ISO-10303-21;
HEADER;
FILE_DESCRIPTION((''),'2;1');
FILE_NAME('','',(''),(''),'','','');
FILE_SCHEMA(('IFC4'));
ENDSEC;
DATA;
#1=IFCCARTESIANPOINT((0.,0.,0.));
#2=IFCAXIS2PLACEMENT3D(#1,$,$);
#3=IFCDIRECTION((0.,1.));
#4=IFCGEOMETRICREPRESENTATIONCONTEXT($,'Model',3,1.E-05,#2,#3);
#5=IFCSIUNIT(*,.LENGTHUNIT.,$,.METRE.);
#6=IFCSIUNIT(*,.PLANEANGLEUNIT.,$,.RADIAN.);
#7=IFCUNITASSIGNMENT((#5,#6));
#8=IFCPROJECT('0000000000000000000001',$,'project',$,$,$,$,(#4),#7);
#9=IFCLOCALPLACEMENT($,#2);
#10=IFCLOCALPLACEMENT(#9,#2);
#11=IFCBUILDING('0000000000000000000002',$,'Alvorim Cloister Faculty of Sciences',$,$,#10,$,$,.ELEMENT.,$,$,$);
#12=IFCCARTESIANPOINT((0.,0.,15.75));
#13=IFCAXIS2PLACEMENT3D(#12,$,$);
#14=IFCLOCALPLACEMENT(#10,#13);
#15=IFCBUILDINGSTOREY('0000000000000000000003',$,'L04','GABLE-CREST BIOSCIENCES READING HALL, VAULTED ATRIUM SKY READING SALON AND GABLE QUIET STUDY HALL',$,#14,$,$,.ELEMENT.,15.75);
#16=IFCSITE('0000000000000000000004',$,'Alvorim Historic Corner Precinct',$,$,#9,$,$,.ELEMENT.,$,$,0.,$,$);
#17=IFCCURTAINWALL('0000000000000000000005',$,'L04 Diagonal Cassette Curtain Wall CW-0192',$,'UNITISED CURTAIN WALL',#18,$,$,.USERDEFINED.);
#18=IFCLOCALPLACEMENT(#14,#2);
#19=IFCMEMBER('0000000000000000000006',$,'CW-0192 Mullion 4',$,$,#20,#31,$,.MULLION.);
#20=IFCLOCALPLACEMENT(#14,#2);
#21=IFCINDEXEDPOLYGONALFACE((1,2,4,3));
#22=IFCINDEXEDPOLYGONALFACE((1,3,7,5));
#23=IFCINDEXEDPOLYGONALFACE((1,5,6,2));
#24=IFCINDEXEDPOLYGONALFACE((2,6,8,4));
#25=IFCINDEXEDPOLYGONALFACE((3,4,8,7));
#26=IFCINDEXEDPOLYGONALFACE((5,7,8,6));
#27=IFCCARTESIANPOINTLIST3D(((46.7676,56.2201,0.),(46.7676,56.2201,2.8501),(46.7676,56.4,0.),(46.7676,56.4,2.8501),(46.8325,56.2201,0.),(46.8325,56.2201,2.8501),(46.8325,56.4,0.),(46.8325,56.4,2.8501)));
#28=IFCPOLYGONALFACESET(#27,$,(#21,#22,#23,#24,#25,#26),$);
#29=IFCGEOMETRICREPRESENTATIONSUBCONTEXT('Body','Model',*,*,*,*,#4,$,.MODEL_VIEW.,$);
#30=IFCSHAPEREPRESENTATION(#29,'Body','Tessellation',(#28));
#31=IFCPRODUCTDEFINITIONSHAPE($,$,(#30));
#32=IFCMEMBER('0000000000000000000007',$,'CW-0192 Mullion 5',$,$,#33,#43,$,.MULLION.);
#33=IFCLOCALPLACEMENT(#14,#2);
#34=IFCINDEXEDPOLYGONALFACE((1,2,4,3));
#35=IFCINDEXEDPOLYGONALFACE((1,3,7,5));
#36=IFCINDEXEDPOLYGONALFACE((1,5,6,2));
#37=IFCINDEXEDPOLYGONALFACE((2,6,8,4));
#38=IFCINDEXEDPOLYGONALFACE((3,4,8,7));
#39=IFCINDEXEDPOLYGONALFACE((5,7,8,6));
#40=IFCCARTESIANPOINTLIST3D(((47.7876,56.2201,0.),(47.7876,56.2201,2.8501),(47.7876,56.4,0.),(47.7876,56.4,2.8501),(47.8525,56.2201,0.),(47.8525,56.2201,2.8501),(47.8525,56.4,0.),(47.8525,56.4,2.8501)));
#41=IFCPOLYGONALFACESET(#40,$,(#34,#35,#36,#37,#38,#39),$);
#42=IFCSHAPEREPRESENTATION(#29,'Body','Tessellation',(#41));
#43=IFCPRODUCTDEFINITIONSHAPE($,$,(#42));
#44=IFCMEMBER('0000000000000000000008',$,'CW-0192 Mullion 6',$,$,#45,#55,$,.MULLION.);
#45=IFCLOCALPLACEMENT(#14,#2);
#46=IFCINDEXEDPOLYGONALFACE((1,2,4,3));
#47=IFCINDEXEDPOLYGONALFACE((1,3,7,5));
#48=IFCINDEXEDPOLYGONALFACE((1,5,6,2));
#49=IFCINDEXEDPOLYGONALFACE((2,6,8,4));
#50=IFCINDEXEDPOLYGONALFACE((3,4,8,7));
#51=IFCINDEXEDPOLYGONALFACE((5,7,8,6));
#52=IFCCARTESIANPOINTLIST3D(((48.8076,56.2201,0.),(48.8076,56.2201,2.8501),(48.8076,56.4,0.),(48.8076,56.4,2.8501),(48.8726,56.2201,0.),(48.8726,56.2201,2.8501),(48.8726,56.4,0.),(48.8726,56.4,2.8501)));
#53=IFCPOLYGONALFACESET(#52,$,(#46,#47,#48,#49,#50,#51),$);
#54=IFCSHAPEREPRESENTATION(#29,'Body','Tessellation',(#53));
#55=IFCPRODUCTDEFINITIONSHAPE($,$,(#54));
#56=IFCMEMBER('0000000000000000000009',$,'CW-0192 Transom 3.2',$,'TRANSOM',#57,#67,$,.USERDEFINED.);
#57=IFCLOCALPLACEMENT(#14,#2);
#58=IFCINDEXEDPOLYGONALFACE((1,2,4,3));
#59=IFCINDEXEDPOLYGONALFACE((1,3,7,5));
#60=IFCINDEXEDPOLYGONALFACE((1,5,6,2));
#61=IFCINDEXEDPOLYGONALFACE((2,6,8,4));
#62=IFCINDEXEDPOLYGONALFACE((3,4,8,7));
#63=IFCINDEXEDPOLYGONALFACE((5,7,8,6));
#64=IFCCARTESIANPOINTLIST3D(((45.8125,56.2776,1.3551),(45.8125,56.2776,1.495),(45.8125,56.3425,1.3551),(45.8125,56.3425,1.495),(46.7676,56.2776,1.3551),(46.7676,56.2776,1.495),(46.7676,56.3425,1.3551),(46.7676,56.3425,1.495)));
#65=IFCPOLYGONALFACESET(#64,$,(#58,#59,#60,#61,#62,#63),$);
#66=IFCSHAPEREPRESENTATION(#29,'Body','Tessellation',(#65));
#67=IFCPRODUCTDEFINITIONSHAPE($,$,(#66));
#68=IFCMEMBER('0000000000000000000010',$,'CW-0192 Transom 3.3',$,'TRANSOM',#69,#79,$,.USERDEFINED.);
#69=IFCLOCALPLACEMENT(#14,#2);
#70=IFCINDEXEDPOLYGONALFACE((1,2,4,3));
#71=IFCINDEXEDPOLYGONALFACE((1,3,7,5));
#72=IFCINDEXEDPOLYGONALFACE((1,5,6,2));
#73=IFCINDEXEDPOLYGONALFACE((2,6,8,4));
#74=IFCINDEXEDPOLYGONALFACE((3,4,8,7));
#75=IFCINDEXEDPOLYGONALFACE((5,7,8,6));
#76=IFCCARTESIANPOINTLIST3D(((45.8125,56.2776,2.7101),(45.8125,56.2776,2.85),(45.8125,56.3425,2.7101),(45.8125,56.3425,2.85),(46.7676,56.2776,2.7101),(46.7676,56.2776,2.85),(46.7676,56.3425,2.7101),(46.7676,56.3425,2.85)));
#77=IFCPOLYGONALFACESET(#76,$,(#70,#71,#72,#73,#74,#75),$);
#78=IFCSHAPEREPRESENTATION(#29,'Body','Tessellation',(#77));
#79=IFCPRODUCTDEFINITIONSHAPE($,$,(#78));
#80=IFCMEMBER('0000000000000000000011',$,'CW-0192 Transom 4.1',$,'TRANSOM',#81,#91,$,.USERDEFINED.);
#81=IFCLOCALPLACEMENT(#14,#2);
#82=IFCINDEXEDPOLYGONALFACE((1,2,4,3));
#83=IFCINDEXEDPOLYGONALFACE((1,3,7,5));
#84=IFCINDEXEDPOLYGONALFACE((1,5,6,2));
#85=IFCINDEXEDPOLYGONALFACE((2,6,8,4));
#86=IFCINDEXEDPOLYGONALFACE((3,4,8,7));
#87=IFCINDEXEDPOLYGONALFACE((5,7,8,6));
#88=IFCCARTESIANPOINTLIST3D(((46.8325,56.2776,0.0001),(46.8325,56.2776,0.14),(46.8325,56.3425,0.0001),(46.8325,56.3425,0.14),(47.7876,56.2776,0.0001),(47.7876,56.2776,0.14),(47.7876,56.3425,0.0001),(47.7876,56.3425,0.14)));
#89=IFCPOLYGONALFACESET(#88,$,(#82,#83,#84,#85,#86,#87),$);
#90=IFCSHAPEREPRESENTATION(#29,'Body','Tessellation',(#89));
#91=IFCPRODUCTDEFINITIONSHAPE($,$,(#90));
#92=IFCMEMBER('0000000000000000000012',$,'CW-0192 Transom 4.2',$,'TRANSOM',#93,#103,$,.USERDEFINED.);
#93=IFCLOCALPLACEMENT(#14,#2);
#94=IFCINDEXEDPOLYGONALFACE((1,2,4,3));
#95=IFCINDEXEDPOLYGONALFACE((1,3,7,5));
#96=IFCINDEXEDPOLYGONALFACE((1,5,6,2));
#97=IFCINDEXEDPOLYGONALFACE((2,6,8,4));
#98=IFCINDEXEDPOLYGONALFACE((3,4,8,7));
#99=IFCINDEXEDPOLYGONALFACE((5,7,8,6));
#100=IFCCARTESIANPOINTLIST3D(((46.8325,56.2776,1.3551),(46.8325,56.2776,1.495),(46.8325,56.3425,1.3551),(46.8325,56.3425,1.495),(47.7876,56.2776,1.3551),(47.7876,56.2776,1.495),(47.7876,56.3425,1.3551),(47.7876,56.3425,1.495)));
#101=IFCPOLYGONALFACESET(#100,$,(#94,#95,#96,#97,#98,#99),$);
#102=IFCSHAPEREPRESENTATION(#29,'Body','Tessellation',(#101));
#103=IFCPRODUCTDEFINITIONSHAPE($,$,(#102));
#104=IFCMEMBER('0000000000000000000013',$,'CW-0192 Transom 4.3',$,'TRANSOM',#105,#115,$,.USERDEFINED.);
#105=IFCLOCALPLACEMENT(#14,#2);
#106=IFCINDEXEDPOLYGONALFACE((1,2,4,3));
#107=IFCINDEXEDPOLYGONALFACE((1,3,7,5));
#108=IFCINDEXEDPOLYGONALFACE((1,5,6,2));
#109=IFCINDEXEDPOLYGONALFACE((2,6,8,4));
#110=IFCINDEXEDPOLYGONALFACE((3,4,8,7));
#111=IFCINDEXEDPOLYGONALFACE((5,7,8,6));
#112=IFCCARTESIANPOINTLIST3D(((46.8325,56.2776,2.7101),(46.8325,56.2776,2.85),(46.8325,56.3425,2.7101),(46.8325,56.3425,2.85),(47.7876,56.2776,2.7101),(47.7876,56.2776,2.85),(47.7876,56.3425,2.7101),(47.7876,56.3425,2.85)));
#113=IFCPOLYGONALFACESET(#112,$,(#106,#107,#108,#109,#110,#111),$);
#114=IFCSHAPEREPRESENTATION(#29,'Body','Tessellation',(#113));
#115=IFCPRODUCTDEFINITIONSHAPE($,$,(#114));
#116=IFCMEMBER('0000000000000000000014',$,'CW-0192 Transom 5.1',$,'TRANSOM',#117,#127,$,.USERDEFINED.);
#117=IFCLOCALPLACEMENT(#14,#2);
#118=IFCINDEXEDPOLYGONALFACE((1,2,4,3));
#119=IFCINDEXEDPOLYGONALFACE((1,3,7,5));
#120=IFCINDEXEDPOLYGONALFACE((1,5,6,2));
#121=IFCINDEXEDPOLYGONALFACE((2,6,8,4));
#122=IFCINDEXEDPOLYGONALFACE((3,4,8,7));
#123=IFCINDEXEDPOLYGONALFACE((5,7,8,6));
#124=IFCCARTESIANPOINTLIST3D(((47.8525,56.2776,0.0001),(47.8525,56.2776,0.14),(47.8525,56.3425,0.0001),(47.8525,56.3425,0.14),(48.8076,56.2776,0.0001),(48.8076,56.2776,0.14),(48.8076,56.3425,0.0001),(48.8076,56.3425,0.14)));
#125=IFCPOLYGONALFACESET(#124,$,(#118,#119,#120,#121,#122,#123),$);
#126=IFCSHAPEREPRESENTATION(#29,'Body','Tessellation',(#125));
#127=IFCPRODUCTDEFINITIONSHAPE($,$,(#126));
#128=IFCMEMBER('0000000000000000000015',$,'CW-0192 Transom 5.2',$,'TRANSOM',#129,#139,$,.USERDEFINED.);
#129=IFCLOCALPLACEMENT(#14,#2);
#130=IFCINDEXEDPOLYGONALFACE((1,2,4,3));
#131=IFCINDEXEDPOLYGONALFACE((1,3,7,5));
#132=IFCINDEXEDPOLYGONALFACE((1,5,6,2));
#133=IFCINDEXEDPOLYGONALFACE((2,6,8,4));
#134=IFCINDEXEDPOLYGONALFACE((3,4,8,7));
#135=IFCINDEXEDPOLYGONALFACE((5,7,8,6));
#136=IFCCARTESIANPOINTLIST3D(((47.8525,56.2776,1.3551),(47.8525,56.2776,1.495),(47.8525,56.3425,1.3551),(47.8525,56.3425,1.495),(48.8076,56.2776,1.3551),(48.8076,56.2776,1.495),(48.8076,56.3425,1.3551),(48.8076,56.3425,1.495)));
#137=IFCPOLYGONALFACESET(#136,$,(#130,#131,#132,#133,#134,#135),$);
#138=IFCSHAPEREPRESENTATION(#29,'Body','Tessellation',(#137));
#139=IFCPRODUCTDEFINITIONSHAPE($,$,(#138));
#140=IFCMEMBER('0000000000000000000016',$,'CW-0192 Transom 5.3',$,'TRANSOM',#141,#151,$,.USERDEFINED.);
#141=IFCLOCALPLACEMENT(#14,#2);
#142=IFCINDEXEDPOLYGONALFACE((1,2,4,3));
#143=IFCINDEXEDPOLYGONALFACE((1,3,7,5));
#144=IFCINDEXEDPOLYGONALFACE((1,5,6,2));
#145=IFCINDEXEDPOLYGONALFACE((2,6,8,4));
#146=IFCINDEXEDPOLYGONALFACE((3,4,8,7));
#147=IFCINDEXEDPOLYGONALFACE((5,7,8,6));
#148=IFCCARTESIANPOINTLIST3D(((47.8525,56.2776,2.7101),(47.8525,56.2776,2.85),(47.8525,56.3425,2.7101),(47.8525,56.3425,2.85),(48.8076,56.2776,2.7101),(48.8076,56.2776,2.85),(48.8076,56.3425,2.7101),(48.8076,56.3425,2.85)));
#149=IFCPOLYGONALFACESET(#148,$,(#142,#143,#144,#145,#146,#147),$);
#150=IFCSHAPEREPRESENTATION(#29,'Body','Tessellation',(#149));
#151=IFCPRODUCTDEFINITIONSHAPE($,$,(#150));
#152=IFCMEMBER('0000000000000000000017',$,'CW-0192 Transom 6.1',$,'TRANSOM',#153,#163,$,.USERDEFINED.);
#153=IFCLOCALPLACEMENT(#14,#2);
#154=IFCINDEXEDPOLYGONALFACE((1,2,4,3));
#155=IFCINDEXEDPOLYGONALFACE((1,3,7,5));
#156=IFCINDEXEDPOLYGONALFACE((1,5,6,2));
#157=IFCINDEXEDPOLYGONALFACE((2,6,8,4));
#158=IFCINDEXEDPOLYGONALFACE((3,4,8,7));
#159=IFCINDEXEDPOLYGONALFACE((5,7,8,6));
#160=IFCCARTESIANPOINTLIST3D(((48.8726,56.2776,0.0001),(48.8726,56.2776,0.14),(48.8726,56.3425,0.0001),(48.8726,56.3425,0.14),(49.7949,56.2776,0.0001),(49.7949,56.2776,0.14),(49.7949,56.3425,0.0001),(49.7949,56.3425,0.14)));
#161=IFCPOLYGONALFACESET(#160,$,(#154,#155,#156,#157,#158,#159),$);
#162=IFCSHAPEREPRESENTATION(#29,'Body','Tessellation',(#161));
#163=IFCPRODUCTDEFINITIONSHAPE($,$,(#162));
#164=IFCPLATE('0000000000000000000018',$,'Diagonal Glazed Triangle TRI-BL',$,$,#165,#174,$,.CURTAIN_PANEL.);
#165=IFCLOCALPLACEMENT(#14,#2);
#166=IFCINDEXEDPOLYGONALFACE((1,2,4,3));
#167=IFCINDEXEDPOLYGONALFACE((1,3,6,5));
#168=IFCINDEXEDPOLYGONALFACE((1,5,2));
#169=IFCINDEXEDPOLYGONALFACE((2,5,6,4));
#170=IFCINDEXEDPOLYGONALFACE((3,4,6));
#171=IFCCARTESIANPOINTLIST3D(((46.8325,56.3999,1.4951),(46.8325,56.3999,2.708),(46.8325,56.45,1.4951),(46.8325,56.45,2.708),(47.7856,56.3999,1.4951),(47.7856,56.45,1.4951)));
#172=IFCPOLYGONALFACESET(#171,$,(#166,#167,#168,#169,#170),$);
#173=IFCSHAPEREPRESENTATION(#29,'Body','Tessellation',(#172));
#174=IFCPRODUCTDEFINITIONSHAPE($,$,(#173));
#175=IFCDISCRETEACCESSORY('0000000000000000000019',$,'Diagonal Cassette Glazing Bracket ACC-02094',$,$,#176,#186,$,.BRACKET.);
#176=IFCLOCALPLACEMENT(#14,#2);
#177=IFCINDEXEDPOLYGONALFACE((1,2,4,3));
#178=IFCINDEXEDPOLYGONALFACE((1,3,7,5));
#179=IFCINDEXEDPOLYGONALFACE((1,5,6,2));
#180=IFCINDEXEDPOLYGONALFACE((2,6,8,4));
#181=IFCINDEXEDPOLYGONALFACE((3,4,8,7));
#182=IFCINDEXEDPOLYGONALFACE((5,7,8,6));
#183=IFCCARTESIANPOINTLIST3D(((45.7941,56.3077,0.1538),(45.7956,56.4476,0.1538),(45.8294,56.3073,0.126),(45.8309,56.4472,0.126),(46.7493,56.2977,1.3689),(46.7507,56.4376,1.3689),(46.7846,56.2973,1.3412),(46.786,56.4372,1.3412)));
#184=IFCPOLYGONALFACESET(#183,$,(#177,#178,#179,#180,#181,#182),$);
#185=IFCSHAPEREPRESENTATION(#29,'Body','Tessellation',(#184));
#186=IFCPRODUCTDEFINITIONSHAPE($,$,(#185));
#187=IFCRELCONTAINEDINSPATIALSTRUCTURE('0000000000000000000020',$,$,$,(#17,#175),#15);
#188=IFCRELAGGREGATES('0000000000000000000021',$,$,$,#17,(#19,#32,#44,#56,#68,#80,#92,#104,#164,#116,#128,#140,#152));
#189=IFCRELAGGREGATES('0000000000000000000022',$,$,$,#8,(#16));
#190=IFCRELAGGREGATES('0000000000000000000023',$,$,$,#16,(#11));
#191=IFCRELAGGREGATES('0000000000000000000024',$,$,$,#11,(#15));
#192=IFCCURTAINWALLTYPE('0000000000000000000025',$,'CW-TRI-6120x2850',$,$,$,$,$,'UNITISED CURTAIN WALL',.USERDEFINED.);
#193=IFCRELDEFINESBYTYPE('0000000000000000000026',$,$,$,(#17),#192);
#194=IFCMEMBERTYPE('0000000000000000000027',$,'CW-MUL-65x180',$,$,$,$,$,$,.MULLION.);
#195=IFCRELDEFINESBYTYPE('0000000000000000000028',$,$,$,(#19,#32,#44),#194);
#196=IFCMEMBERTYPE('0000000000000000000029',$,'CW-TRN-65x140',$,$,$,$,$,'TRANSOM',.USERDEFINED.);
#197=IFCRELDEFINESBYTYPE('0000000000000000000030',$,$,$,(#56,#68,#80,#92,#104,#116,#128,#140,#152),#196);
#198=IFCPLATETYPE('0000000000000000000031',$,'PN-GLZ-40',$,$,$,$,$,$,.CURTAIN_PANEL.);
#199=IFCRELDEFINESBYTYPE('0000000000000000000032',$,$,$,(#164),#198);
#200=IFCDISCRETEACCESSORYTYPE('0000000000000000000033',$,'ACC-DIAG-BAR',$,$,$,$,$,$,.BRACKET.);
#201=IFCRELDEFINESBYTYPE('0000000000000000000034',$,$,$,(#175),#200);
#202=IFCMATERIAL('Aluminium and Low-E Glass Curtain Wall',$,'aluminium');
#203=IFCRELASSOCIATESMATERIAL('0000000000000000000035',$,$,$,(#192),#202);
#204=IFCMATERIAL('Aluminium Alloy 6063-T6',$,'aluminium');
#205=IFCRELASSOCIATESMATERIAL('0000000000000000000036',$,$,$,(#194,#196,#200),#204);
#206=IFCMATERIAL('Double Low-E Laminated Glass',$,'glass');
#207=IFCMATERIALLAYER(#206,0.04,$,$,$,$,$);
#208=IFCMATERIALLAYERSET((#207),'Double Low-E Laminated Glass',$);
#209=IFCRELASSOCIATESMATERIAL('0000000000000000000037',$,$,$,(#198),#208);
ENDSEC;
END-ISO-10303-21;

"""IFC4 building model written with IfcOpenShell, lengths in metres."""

from ifc_helpers import new_model, si_unit, direction, frame, origin, origin_2d, place, context, subcontext, project, spatial, polyline, rectangle, outline, extrude, material, layer, layer_set, material_profile, profile_set, type_object, element, aggregate, save


model = new_model("IFC4")

# Units and contexts
model_context = context("Model", 3, precision=1e-05, world=origin(), true_north=direction((0.0, 1.0)))
body_context = subcontext(model_context, "Body", "Model", "MODEL_VIEW")
ifc_project = project(units=[si_unit("LENGTHUNIT", "METRE"), si_unit("PLANEANGLEUNIT", "RADIAN")], contexts=[model_context])

# Site, building, storey
site_placement = place(None, origin())
site = spatial("IfcSite", under=ifc_project, at=site_placement, Name="Alvorim Historic Corner Precinct", CompositionType="ELEMENT", RefElevation=0.0)
building_placement = place(site_placement, origin())
building = spatial("IfcBuilding", under=site, at=building_placement, Name="Alvorim Cloister Faculty of Sciences", CompositionType="ELEMENT")
storey_placement = place(building_placement, frame((0.0, 0.0, 15.75)))
storey = spatial("IfcBuildingStorey", under=building, at=storey_placement, Name="L04", Description="GABLE-CREST BIOSCIENCES READING HALL, VAULTED ATRIUM SKY READING SALON AND GABLE QUIET STUDY HALL", CompositionType="ELEMENT", Elevation=15.75)

# Curtain wall, members, plate
ifc_material_1 = material(Name="Aluminium and Low-E Glass Curtain Wall", Category="aluminium")
curtain_wall_type = type_object("IfcCurtainWallType", Name="CW-TRI-6120x2850", ElementType="UNITISED CURTAIN WALL", PredefinedType="USERDEFINED", material=ifc_material_1)
curtain_wall_placement = place(storey_placement, origin())
curtain_wall = element("IfcCurtainWall", 1, at=curtain_wall_placement, inside=storey, type_object=curtain_wall_type, Name="L04 Diagonal Cassette Curtain Wall CW-0192", ObjectType="UNITISED CURTAIN WALL", PredefinedType="USERDEFINED")
ifc_material_2 = material(Name="Aluminium Alloy 6063-T6", Category="aluminium")
ifc_material_profile_1 = material_profile(ifc_material_2, rectangle(XDim=0.0649, YDim=0.1799, at=origin_2d()), Name="ALU-MUL-65x180")
ifc_profile_set_1 = profile_set([ifc_material_profile_1], Name="Aluminium Alloy 6063-T6")
member_type_1 = type_object("IfcMemberType", Name="CW-MUL-65x180", PredefinedType="MULLION", material=ifc_profile_set_1)
member_1_placement = place(storey_placement, frame((46.8, 56.3101, 0.0), z_axis=(0.0, 0.0, 1.0), x_axis=(1.0, 0.0, 0.0)))
member_1 = element("IfcMember", 2, at=member_1_placement, type_object=member_type_1, Name="CW-0192 Mullion 4", PredefinedType="MULLION", context=body_context, shape_type="SweptSolid", body=[
    extrude(rectangle(XDim=0.0649, YDim=0.1799, at=origin_2d()), origin(), (0.0, 0.0, 1.0), 2.8501),
])
member_2_placement = place(storey_placement, frame((47.8201, 56.3101, 0.0), z_axis=(0.0, 0.0, 1.0), x_axis=(1.0, 0.0, 0.0)))
member_2 = element("IfcMember", 3, at=member_2_placement, type_object=member_type_1, Name="CW-0192 Mullion 5", PredefinedType="MULLION", context=body_context, shape_type="SweptSolid", body=[
    extrude(rectangle(XDim=0.0649, YDim=0.1799, at=origin_2d()), origin(), (0.0, 0.0, 1.0), 2.8501),
])
member_3_placement = place(storey_placement, frame((48.8401, 56.3101, 0.0), z_axis=(0.0, 0.0, 1.0), x_axis=(1.0, 0.0, 0.0)))
member_3 = element("IfcMember", 4, at=member_3_placement, type_object=member_type_1, Name="CW-0192 Mullion 6", PredefinedType="MULLION", context=body_context, shape_type="SweptSolid", body=[
    extrude(rectangle(XDim=0.0649, YDim=0.1799, at=origin_2d()), origin(), (0.0, 0.0, 1.0), 2.8501),
])
ifc_material_profile_2 = material_profile(ifc_material_2, rectangle(XDim=0.0649, YDim=0.1399, at=origin_2d()), Name="ALU-TRN-65x140")
ifc_profile_set_2 = profile_set([ifc_material_profile_2], Name="Aluminium Alloy 6063-T6")
member_type_2 = type_object("IfcMemberType", Name="CW-TRN-65x140", ElementType="TRANSOM", PredefinedType="USERDEFINED", material=ifc_profile_set_2)
member_4_placement = place(storey_placement, frame((45.8125, 56.3101, 1.425), z_axis=(1.0, 0.0, 0.0), x_axis=(0.0, 1.0, 0.0)))
member_4 = element("IfcMember", 5, at=member_4_placement, type_object=member_type_2, Name="CW-0192 Transom 3.2", ObjectType="TRANSOM", PredefinedType="USERDEFINED", context=body_context, shape_type="SweptSolid", body=[
    extrude(rectangle(XDim=0.0649, YDim=0.1399, at=origin_2d()), origin(), (0.0, 0.0, 1.0), 0.9551),
])
member_5_placement = place(storey_placement, frame((45.8125, 56.3101, 2.78), z_axis=(1.0, 0.0, 0.0), x_axis=(0.0, 1.0, 0.0)))
member_5 = element("IfcMember", 6, at=member_5_placement, type_object=member_type_2, Name="CW-0192 Transom 3.3", ObjectType="TRANSOM", PredefinedType="USERDEFINED", context=body_context, shape_type="SweptSolid", body=[
    extrude(rectangle(XDim=0.0649, YDim=0.1399, at=origin_2d()), origin(), (0.0, 0.0, 1.0), 0.9551),
])
member_6_placement = place(storey_placement, frame((46.8325, 56.3101, 0.0701), z_axis=(1.0, 0.0, 0.0), x_axis=(0.0, 1.0, 0.0)))
member_6 = element("IfcMember", 7, at=member_6_placement, type_object=member_type_2, Name="CW-0192 Transom 4.1", ObjectType="TRANSOM", PredefinedType="USERDEFINED", context=body_context, shape_type="SweptSolid", body=[
    extrude(rectangle(XDim=0.0649, YDim=0.1399, at=origin_2d()), origin(), (0.0, 0.0, 1.0), 0.9551),
])
member_7_placement = place(storey_placement, frame((46.8325, 56.3101, 1.425), z_axis=(1.0, 0.0, 0.0), x_axis=(0.0, 1.0, 0.0)))
member_7 = element("IfcMember", 8, at=member_7_placement, type_object=member_type_2, Name="CW-0192 Transom 4.2", ObjectType="TRANSOM", PredefinedType="USERDEFINED", context=body_context, shape_type="SweptSolid", body=[
    extrude(rectangle(XDim=0.0649, YDim=0.1399, at=origin_2d()), origin(), (0.0, 0.0, 1.0), 0.9551),
])
member_8_placement = place(storey_placement, frame((46.8325, 56.3101, 2.78), z_axis=(1.0, 0.0, 0.0), x_axis=(0.0, 1.0, 0.0)))
member_8 = element("IfcMember", 9, at=member_8_placement, type_object=member_type_2, Name="CW-0192 Transom 4.3", ObjectType="TRANSOM", PredefinedType="USERDEFINED", context=body_context, shape_type="SweptSolid", body=[
    extrude(rectangle(XDim=0.0649, YDim=0.1399, at=origin_2d()), origin(), (0.0, 0.0, 1.0), 0.9551),
])
member_9_placement = place(storey_placement, frame((47.8525, 56.3101, 0.0701), z_axis=(1.0, 0.0, 0.0), x_axis=(0.0, 1.0, 0.0)))
member_9 = element("IfcMember", 10, at=member_9_placement, type_object=member_type_2, Name="CW-0192 Transom 5.1", ObjectType="TRANSOM", PredefinedType="USERDEFINED", context=body_context, shape_type="SweptSolid", body=[
    extrude(rectangle(XDim=0.0649, YDim=0.1399, at=origin_2d()), origin(), (0.0, 0.0, 1.0), 0.9551),
])
member_10_placement = place(storey_placement, frame((47.8525, 56.3101, 1.425), z_axis=(1.0, 0.0, 0.0), x_axis=(0.0, 1.0, 0.0)))
member_10 = element("IfcMember", 11, at=member_10_placement, type_object=member_type_2, Name="CW-0192 Transom 5.2", ObjectType="TRANSOM", PredefinedType="USERDEFINED", context=body_context, shape_type="SweptSolid", body=[
    extrude(rectangle(XDim=0.0649, YDim=0.1399, at=origin_2d()), origin(), (0.0, 0.0, 1.0), 0.9551),
])
member_11_placement = place(storey_placement, frame((47.8525, 56.3101, 2.78), z_axis=(1.0, 0.0, 0.0), x_axis=(0.0, 1.0, 0.0)))
member_11 = element("IfcMember", 12, at=member_11_placement, type_object=member_type_2, Name="CW-0192 Transom 5.3", ObjectType="TRANSOM", PredefinedType="USERDEFINED", context=body_context, shape_type="SweptSolid", body=[
    extrude(rectangle(XDim=0.0649, YDim=0.1399, at=origin_2d()), origin(), (0.0, 0.0, 1.0), 0.9551),
])
member_12_placement = place(storey_placement, frame((48.8726, 56.3101, 0.0701), z_axis=(1.0, 0.0, 0.0), x_axis=(0.0, 1.0, 0.0)))
member_12 = element("IfcMember", 13, at=member_12_placement, type_object=member_type_2, Name="CW-0192 Transom 6.1", ObjectType="TRANSOM", PredefinedType="USERDEFINED", context=body_context, shape_type="SweptSolid", body=[
    extrude(rectangle(XDim=0.0649, YDim=0.1399, at=origin_2d()), origin(), (0.0, 0.0, 1.0), 0.9224),
])
ifc_material_3 = material(Name="Double Low-E Laminated Glass", Category="glass")
ifc_layer = layer(ifc_material_3, 0.04)
ifc_layer_set = layer_set([ifc_layer], Name="Double Low-E Laminated Glass")
plate_type = type_object("IfcPlateType", Name="PN-GLZ-40", PredefinedType="CURTAIN_PANEL", material=ifc_layer_set)
plate_1_placement = place(storey_placement, frame((46.8325, 56.425, 1.4951), z_axis=(0.0, 0.0, 1.0), x_axis=(1.0, 0.0, 0.0)))
plate_1 = element("IfcPlate", 14, at=plate_1_placement, type_object=plate_type, Name="Diagonal Glazed Triangle TRI-BL", PredefinedType="CURTAIN_PANEL", context=body_context, shape_type="SweptSolid", body=[
    extrude(outline(polyline([(0.0, 0.0), (0.9531, 0.0), (0.0, 1.2129), (0.0, 0.0)])), frame((0.0, 0.0249, 0.0), z_axis=(0.0, -1.0, 0.0), x_axis=(1.0, 0.0, 0.0)), (0.0, 0.0, 1.0), 0.05),
])
aggregate(curtain_wall, [member_1, member_2, member_3, member_4, member_5, member_6, member_7, member_8, plate_1, member_9, member_10, member_11, member_12])

# Discrete accessory
discrete_accessory_type = type_object("IfcDiscreteAccessoryType", Name="ACC-DIAG-BAR", PredefinedType="BRACKET", material=ifc_material_2)
discrete_accessory_1_placement = place(storey_placement, frame((45.8125, 56.3774, 0.1399), z_axis=(0.617955, -0.006477, 0.786187), x_axis=(0.01048, 0.999945, 0.0)))
element("IfcDiscreteAccessory", 15, at=discrete_accessory_1_placement, inside=storey, type_object=discrete_accessory_type, Name="Diagonal Cassette Glazing Bracket ACC-02094", PredefinedType="BRACKET", context=body_context, shape_type="SweptSolid", body=[
    extrude(rectangle(XDim=0.1399, YDim=0.0449, at=origin_2d()), origin(), (0.0, 0.0, 1.0), 1.5457),
])

save(model, "model.ifc")
